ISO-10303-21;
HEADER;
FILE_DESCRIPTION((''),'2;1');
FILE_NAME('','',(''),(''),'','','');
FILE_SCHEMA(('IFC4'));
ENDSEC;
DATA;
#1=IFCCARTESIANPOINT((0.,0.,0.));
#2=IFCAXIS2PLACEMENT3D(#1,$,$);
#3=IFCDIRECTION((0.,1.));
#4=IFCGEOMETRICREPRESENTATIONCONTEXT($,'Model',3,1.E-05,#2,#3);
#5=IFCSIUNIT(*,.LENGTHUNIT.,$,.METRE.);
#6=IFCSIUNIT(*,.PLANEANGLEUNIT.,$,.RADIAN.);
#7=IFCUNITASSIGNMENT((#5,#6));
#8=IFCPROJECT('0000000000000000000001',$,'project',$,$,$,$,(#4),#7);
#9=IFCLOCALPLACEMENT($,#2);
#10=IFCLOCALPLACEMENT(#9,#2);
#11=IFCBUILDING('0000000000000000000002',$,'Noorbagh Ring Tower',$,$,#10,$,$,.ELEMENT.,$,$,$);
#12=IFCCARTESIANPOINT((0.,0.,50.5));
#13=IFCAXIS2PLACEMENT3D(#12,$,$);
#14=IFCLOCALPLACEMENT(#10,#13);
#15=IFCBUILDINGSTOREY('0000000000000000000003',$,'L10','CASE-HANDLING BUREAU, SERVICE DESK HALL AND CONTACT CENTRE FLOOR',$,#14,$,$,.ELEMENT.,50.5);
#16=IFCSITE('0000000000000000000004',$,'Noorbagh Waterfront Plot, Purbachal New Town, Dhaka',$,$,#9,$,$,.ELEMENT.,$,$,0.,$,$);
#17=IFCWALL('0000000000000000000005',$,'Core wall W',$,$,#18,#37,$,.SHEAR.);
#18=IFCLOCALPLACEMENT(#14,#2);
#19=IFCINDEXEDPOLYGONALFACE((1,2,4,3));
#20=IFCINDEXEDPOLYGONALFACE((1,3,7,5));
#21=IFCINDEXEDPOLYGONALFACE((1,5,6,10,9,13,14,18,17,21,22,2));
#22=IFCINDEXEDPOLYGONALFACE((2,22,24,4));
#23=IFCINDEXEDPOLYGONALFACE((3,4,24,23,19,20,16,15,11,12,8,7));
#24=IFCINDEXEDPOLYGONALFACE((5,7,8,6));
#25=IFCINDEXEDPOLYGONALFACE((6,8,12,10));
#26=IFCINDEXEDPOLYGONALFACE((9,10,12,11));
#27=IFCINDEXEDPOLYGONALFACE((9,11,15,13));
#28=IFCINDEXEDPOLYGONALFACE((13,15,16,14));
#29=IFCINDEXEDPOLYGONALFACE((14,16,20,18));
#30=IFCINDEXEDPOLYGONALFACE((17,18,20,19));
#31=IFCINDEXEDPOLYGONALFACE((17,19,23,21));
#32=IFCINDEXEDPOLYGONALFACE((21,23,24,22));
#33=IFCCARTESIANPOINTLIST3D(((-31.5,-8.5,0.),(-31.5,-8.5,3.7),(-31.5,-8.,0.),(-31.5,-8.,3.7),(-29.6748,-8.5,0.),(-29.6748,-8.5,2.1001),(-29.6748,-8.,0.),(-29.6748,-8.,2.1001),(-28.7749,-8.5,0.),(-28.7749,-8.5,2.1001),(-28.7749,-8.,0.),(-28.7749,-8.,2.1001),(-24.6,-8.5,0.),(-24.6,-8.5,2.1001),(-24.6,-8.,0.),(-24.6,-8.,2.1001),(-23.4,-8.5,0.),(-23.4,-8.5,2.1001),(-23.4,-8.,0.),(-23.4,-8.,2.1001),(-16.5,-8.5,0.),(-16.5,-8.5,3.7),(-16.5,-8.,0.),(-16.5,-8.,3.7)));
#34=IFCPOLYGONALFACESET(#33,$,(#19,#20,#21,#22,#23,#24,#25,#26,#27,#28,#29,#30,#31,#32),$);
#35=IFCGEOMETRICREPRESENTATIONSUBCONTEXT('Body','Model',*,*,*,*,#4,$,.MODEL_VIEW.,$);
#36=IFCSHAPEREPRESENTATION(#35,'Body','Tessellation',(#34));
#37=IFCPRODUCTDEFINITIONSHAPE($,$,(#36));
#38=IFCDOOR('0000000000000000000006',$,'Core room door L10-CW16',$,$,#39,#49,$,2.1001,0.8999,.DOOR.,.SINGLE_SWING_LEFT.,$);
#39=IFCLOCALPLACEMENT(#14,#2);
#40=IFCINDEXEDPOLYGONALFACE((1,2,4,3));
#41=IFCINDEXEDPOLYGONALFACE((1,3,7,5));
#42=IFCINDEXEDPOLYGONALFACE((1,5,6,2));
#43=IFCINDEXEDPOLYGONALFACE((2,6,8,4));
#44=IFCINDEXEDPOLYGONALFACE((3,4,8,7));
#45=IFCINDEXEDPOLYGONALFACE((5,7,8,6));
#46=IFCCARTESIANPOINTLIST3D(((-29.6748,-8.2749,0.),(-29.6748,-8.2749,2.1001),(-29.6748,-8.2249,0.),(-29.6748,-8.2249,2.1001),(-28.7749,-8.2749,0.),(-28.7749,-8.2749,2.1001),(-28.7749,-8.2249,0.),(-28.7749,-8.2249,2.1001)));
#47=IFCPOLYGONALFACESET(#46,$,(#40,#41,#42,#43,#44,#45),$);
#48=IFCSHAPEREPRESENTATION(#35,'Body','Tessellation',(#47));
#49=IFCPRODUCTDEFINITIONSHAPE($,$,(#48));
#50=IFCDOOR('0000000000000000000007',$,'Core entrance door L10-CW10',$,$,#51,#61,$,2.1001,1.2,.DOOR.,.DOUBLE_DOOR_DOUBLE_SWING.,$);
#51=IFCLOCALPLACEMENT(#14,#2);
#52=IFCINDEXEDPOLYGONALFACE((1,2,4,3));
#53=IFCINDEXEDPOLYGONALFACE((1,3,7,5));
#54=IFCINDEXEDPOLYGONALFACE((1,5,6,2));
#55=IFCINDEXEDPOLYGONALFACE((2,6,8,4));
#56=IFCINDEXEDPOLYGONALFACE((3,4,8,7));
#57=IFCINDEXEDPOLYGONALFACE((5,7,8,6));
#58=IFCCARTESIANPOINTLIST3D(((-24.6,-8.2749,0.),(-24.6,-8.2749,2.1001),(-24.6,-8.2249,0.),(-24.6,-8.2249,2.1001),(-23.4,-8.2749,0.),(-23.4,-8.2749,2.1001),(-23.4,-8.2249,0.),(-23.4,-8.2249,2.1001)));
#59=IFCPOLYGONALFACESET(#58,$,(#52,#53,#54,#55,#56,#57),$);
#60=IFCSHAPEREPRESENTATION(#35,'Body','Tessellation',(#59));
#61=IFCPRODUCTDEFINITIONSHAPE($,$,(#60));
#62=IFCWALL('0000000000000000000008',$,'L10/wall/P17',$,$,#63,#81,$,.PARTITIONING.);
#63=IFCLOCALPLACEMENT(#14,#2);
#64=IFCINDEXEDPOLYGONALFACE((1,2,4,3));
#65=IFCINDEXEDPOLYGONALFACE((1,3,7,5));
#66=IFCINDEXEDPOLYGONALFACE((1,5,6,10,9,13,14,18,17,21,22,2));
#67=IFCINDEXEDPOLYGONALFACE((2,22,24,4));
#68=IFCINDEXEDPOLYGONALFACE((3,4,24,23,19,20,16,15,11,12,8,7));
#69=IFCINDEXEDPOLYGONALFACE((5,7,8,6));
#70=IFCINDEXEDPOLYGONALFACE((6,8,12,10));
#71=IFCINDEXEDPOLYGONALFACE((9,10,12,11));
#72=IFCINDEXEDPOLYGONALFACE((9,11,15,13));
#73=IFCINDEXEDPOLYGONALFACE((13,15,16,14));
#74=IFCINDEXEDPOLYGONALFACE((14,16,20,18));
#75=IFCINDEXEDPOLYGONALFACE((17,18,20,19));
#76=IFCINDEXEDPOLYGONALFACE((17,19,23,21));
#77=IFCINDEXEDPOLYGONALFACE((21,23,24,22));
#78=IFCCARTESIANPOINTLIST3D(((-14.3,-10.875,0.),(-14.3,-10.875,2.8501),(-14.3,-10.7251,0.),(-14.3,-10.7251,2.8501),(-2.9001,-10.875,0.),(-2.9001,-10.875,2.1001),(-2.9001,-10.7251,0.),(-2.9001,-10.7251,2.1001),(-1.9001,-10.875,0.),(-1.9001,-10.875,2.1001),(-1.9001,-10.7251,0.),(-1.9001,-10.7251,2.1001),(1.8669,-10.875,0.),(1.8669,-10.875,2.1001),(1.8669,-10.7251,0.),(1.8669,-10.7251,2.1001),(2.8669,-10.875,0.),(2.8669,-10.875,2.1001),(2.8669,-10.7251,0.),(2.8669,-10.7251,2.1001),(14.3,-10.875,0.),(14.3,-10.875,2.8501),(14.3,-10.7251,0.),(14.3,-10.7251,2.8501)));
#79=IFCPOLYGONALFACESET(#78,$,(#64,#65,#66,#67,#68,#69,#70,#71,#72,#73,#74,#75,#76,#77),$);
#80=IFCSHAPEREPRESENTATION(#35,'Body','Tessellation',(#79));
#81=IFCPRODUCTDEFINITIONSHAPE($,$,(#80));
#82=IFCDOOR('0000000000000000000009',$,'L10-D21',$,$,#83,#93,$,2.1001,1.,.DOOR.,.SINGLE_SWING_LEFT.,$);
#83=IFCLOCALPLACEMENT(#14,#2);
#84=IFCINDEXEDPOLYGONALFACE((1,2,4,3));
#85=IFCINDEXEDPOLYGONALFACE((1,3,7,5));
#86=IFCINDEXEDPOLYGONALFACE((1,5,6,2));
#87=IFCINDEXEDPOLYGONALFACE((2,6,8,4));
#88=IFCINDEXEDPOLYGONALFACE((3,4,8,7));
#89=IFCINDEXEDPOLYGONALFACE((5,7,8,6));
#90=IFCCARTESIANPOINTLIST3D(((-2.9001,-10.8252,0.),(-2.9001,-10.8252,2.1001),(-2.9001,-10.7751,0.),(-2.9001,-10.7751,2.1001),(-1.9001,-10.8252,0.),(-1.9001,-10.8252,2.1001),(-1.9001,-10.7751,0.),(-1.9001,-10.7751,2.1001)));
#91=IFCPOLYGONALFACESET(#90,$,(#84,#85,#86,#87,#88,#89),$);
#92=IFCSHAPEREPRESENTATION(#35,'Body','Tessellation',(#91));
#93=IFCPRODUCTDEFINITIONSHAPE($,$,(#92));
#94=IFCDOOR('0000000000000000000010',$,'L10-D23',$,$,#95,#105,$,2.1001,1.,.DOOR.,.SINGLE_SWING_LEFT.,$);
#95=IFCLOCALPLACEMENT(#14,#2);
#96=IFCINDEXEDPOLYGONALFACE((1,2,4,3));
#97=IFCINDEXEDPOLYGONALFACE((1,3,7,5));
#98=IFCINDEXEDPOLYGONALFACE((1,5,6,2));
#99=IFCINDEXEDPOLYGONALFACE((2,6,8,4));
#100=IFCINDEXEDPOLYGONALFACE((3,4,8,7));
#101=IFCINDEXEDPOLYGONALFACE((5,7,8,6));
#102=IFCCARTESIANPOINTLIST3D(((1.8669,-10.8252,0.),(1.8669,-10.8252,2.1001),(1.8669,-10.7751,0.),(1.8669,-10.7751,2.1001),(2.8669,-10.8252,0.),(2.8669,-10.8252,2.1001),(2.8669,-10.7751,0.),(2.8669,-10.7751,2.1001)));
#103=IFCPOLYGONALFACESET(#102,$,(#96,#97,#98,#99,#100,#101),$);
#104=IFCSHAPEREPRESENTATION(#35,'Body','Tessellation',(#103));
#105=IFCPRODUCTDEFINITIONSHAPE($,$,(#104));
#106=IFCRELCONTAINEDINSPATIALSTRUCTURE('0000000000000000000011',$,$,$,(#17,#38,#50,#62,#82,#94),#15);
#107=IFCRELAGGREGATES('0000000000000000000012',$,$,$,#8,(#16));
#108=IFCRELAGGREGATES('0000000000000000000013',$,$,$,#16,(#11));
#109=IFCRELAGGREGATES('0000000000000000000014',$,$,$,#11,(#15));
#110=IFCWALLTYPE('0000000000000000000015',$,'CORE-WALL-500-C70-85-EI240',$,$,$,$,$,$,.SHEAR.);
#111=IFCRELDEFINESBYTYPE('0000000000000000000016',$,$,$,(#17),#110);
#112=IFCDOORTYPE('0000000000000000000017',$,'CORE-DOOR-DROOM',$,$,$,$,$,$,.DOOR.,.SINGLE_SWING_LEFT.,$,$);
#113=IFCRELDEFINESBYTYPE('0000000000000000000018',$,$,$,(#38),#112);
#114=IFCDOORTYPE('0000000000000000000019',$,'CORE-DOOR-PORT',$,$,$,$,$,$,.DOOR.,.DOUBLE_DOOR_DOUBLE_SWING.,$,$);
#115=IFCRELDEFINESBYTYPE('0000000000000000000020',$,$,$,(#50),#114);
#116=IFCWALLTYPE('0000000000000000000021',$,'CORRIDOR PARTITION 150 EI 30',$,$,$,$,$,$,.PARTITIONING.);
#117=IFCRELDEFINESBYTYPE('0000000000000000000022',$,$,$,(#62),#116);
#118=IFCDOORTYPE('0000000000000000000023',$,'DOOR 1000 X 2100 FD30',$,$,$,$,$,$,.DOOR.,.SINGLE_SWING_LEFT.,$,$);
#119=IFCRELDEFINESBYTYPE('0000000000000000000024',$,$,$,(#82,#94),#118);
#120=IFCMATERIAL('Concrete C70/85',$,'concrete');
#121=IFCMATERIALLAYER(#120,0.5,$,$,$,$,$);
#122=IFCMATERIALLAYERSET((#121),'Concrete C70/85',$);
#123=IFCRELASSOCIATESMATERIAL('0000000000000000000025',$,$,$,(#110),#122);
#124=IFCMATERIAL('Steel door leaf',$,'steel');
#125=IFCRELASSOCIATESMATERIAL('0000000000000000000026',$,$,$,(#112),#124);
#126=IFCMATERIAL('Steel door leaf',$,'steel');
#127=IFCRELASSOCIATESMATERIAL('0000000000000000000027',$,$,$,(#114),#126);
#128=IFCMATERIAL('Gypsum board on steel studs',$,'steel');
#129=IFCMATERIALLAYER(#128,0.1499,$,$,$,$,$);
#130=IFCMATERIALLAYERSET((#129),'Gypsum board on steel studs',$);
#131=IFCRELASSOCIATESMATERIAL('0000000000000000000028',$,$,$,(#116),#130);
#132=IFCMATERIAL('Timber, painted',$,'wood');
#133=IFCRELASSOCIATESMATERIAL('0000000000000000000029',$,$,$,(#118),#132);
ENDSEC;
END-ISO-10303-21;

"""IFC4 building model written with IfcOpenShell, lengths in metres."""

from ifc_helpers import new_model, si_unit, direction, frame, frame_2d, origin, place, context, subcontext, project, spatial, rectangle, extrude, material, layer, layer_set, type_object, element, fill, save


model = new_model("IFC4")

# Units and contexts
model_context = context("Model", 3, precision=1e-05, world=origin(), true_north=direction((0.0, 1.0)))
body_context = subcontext(model_context, "Body", "Model", "MODEL_VIEW")
ifc_project = project(units=[si_unit("LENGTHUNIT", "METRE"), si_unit("PLANEANGLEUNIT", "RADIAN")], contexts=[model_context])

# Site, building, storey
site_placement = place(None, origin())
site = spatial("IfcSite", under=ifc_project, at=site_placement, Name="Noorbagh Waterfront Plot, Purbachal New Town, Dhaka", CompositionType="ELEMENT", RefElevation=0.0)
building_placement = place(site_placement, origin())
building = spatial("IfcBuilding", under=site, at=building_placement, Name="Noorbagh Ring Tower", CompositionType="ELEMENT")
storey_placement = place(building_placement, frame((0.0, 0.0, 50.5)))
storey = spatial("IfcBuildingStorey", under=building, at=storey_placement, Name="L10", Description="CASE-HANDLING BUREAU, SERVICE DESK HALL AND CONTACT CENTRE FLOOR", CompositionType="ELEMENT", Elevation=50.5)

# Walls, openings, doors
ifc_material_1 = material(Name="Concrete C70/85", Category="concrete")
ifc_layer_1 = layer(ifc_material_1, 0.5)
ifc_layer_set_1 = layer_set([ifc_layer_1], Name="Concrete C70/85")
wall_type_1 = type_object("IfcWallType", Name="CORE-WALL-500-C70-85-EI240", PredefinedType="SHEAR", material=ifc_layer_set_1)
wall_1_placement = place(storey_placement, frame((-16.5, -8.25, 0.0), z_axis=(0.0, 0.0, 1.0), x_axis=(-1.0, 0.0, 0.0)))
wall_1 = element("IfcWall", 1, at=wall_1_placement, inside=storey, type_object=wall_type_1, Name="Core wall W", PredefinedType="SHEAR", context=body_context, shape_type="SweptSolid", body=[
    extrude(rectangle(XDim=15.0, YDim=0.5, at=frame_2d((7.5, 0.0))), origin(), (0.0, 0.0, 1.0), 3.7),
])
opening_1_placement = place(wall_1_placement, frame((6.8999, 0.0, 0.0)))
opening_1 = element("IfcOpeningElement", 2, at=opening_1_placement, cuts=wall_1, PredefinedType="OPENING", context=body_context, shape_type="SweptSolid", body=[
    extrude(rectangle(XDim=1.2, YDim=2.1001, at=frame_2d((0.6001, 1.05))), frame((0.0, 0.26, 0.0), z_axis=(0.0, -1.0, 0.0), x_axis=(1.0, 0.0, 0.0)), (0.0, 0.0, 1.0), 0.52),
])
opening_2_placement = place(wall_1_placement, frame((12.2749, 0.0, 0.0)))
opening_2 = element("IfcOpeningElement", 3, at=opening_2_placement, cuts=wall_1, PredefinedType="OPENING", context=body_context, shape_type="SweptSolid", body=[
    extrude(rectangle(XDim=0.8999, YDim=2.1001, at=frame_2d((0.45, 1.05))), frame((0.0, 0.26, 0.0), z_axis=(0.0, -1.0, 0.0), x_axis=(1.0, 0.0, 0.0)), (0.0, 0.0, 1.0), 0.52),
])
ifc_material_2 = material(Name="Steel door leaf", Category="steel")
door_type_1 = type_object("IfcDoorType", Name="CORE-DOOR-DROOM", OperationType="SINGLE_SWING_LEFT", PredefinedType="DOOR", material=ifc_material_2)
door_1_placement = place(opening_2_placement, origin())
door_1 = element("IfcDoor", 4, at=door_1_placement, inside=storey, type_object=door_type_1, Name="Core room door L10-CW16", OperationType="SINGLE_SWING_LEFT", OverallHeight=2.1001, OverallWidth=0.8999, PredefinedType="DOOR", context=body_context, shape_type="SweptSolid", body=[
    extrude(rectangle(XDim=0.8999, YDim=2.1001, at=frame_2d((0.45, 1.05))), frame((0.0, 0.0249, 0.0), z_axis=(0.0, -1.0, 0.0), x_axis=(1.0, 0.0, 0.0)), (0.0, 0.0, 1.0), 0.05),
])
fill(opening_2, door_1)
ifc_material_3 = material(Name="Steel door leaf", Category="steel")
door_type_2 = type_object("IfcDoorType", Name="CORE-DOOR-PORT", OperationType="DOUBLE_DOOR_DOUBLE_SWING", PredefinedType="DOOR", material=ifc_material_3)
door_2_placement = place(opening_1_placement, origin())
door_2 = element("IfcDoor", 5, at=door_2_placement, inside=storey, type_object=door_type_2, Name="Core entrance door L10-CW10", OperationType="DOUBLE_DOOR_DOUBLE_SWING", OverallHeight=2.1001, OverallWidth=1.2, PredefinedType="DOOR", context=body_context, shape_type="SweptSolid", body=[
    extrude(rectangle(XDim=1.2, YDim=2.1001, at=frame_2d((0.6001, 1.05))), frame((0.0, 0.0249, 0.0), z_axis=(0.0, -1.0, 0.0), x_axis=(1.0, 0.0, 0.0)), (0.0, 0.0, 1.0), 0.05),
])
fill(opening_1, door_2)
ifc_material_4 = material(Name="Gypsum board on steel studs", Category="steel")
ifc_layer_2 = layer(ifc_material_4, 0.1499)
ifc_layer_set_2 = layer_set([ifc_layer_2], Name="Gypsum board on steel studs")
wall_type_2 = type_object("IfcWallType", Name="CORRIDOR PARTITION 150 EI 30", PredefinedType="PARTITIONING", material=ifc_layer_set_2)
wall_2_placement = place(storey_placement, frame((-14.3, -10.8, 0.0), z_axis=(0.0, 0.0, 1.0), x_axis=(1.0, 0.0, 0.0)))
wall_2 = element("IfcWall", 6, at=wall_2_placement, inside=storey, type_object=wall_type_2, Name="L10/wall/P17", PredefinedType="PARTITIONING", context=body_context, shape_type="SweptSolid", body=[
    extrude(rectangle(XDim=28.6001, YDim=0.1499, at=frame_2d((14.3, 0.0))), origin(), (0.0, 0.0, 1.0), 2.8501),
])
opening_3_placement = place(wall_2_placement, frame((11.3999, 0.0, 0.0)))
opening_3 = element("IfcOpeningElement", 7, at=opening_3_placement, cuts=wall_2, PredefinedType="OPENING", context=body_context, shape_type="SweptSolid", body=[
    extrude(rectangle(XDim=1.0, YDim=2.1001, at=frame_2d((0.5, 1.05))), frame((0.0, 0.085, 0.0), z_axis=(0.0, -1.0, 0.0), x_axis=(1.0, 0.0, 0.0)), (0.0, 0.0, 1.0), 0.1699),
])
opening_4_placement = place(wall_2_placement, frame((16.167, 0.0, 0.0)))
opening_4 = element("IfcOpeningElement", 8, at=opening_4_placement, cuts=wall_2, PredefinedType="OPENING", context=body_context, shape_type="SweptSolid", body=[
    extrude(rectangle(XDim=1.0, YDim=2.1001, at=frame_2d((0.5, 1.05))), frame((0.0, 0.085, 0.0), z_axis=(0.0, -1.0, 0.0), x_axis=(1.0, 0.0, 0.0)), (0.0, 0.0, 1.0), 0.1699),
])
ifc_material_5 = material(Name="Timber, painted", Category="wood")
door_type_3 = type_object("IfcDoorType", Name="DOOR 1000 X 2100 FD30", OperationType="SINGLE_SWING_LEFT", PredefinedType="DOOR", material=ifc_material_5)
door_3_placement = place(opening_3_placement, origin())
door_3 = element("IfcDoor", 9, at=door_3_placement, inside=storey, type_object=door_type_3, Name="L10-D21", OperationType="SINGLE_SWING_LEFT", OverallHeight=2.1001, OverallWidth=1.0, PredefinedType="DOOR", context=body_context, shape_type="SweptSolid", body=[
    extrude(rectangle(XDim=1.0, YDim=2.1001, at=frame_2d((0.5, 1.05))), frame((0.0, 0.0249, 0.0), z_axis=(0.0, -1.0, 0.0), x_axis=(1.0, 0.0, 0.0)), (0.0, 0.0, 1.0), 0.05),
])
fill(opening_3, door_3)
door_4_placement = place(opening_4_placement, origin())
door_4 = element("IfcDoor", 10, at=door_4_placement, inside=storey, type_object=door_type_3, Name="L10-D23", OperationType="SINGLE_SWING_LEFT", OverallHeight=2.1001, OverallWidth=1.0, PredefinedType="DOOR", context=body_context, shape_type="SweptSolid", body=[
    extrude(rectangle(XDim=1.0, YDim=2.1001, at=frame_2d((0.5, 1.05))), frame((0.0, 0.0249, 0.0), z_axis=(0.0, -1.0, 0.0), x_axis=(1.0, 0.0, 0.0)), (0.0, 0.0, 1.0), 0.05),
])
fill(opening_4, door_4)

save(model, "model.ifc")
